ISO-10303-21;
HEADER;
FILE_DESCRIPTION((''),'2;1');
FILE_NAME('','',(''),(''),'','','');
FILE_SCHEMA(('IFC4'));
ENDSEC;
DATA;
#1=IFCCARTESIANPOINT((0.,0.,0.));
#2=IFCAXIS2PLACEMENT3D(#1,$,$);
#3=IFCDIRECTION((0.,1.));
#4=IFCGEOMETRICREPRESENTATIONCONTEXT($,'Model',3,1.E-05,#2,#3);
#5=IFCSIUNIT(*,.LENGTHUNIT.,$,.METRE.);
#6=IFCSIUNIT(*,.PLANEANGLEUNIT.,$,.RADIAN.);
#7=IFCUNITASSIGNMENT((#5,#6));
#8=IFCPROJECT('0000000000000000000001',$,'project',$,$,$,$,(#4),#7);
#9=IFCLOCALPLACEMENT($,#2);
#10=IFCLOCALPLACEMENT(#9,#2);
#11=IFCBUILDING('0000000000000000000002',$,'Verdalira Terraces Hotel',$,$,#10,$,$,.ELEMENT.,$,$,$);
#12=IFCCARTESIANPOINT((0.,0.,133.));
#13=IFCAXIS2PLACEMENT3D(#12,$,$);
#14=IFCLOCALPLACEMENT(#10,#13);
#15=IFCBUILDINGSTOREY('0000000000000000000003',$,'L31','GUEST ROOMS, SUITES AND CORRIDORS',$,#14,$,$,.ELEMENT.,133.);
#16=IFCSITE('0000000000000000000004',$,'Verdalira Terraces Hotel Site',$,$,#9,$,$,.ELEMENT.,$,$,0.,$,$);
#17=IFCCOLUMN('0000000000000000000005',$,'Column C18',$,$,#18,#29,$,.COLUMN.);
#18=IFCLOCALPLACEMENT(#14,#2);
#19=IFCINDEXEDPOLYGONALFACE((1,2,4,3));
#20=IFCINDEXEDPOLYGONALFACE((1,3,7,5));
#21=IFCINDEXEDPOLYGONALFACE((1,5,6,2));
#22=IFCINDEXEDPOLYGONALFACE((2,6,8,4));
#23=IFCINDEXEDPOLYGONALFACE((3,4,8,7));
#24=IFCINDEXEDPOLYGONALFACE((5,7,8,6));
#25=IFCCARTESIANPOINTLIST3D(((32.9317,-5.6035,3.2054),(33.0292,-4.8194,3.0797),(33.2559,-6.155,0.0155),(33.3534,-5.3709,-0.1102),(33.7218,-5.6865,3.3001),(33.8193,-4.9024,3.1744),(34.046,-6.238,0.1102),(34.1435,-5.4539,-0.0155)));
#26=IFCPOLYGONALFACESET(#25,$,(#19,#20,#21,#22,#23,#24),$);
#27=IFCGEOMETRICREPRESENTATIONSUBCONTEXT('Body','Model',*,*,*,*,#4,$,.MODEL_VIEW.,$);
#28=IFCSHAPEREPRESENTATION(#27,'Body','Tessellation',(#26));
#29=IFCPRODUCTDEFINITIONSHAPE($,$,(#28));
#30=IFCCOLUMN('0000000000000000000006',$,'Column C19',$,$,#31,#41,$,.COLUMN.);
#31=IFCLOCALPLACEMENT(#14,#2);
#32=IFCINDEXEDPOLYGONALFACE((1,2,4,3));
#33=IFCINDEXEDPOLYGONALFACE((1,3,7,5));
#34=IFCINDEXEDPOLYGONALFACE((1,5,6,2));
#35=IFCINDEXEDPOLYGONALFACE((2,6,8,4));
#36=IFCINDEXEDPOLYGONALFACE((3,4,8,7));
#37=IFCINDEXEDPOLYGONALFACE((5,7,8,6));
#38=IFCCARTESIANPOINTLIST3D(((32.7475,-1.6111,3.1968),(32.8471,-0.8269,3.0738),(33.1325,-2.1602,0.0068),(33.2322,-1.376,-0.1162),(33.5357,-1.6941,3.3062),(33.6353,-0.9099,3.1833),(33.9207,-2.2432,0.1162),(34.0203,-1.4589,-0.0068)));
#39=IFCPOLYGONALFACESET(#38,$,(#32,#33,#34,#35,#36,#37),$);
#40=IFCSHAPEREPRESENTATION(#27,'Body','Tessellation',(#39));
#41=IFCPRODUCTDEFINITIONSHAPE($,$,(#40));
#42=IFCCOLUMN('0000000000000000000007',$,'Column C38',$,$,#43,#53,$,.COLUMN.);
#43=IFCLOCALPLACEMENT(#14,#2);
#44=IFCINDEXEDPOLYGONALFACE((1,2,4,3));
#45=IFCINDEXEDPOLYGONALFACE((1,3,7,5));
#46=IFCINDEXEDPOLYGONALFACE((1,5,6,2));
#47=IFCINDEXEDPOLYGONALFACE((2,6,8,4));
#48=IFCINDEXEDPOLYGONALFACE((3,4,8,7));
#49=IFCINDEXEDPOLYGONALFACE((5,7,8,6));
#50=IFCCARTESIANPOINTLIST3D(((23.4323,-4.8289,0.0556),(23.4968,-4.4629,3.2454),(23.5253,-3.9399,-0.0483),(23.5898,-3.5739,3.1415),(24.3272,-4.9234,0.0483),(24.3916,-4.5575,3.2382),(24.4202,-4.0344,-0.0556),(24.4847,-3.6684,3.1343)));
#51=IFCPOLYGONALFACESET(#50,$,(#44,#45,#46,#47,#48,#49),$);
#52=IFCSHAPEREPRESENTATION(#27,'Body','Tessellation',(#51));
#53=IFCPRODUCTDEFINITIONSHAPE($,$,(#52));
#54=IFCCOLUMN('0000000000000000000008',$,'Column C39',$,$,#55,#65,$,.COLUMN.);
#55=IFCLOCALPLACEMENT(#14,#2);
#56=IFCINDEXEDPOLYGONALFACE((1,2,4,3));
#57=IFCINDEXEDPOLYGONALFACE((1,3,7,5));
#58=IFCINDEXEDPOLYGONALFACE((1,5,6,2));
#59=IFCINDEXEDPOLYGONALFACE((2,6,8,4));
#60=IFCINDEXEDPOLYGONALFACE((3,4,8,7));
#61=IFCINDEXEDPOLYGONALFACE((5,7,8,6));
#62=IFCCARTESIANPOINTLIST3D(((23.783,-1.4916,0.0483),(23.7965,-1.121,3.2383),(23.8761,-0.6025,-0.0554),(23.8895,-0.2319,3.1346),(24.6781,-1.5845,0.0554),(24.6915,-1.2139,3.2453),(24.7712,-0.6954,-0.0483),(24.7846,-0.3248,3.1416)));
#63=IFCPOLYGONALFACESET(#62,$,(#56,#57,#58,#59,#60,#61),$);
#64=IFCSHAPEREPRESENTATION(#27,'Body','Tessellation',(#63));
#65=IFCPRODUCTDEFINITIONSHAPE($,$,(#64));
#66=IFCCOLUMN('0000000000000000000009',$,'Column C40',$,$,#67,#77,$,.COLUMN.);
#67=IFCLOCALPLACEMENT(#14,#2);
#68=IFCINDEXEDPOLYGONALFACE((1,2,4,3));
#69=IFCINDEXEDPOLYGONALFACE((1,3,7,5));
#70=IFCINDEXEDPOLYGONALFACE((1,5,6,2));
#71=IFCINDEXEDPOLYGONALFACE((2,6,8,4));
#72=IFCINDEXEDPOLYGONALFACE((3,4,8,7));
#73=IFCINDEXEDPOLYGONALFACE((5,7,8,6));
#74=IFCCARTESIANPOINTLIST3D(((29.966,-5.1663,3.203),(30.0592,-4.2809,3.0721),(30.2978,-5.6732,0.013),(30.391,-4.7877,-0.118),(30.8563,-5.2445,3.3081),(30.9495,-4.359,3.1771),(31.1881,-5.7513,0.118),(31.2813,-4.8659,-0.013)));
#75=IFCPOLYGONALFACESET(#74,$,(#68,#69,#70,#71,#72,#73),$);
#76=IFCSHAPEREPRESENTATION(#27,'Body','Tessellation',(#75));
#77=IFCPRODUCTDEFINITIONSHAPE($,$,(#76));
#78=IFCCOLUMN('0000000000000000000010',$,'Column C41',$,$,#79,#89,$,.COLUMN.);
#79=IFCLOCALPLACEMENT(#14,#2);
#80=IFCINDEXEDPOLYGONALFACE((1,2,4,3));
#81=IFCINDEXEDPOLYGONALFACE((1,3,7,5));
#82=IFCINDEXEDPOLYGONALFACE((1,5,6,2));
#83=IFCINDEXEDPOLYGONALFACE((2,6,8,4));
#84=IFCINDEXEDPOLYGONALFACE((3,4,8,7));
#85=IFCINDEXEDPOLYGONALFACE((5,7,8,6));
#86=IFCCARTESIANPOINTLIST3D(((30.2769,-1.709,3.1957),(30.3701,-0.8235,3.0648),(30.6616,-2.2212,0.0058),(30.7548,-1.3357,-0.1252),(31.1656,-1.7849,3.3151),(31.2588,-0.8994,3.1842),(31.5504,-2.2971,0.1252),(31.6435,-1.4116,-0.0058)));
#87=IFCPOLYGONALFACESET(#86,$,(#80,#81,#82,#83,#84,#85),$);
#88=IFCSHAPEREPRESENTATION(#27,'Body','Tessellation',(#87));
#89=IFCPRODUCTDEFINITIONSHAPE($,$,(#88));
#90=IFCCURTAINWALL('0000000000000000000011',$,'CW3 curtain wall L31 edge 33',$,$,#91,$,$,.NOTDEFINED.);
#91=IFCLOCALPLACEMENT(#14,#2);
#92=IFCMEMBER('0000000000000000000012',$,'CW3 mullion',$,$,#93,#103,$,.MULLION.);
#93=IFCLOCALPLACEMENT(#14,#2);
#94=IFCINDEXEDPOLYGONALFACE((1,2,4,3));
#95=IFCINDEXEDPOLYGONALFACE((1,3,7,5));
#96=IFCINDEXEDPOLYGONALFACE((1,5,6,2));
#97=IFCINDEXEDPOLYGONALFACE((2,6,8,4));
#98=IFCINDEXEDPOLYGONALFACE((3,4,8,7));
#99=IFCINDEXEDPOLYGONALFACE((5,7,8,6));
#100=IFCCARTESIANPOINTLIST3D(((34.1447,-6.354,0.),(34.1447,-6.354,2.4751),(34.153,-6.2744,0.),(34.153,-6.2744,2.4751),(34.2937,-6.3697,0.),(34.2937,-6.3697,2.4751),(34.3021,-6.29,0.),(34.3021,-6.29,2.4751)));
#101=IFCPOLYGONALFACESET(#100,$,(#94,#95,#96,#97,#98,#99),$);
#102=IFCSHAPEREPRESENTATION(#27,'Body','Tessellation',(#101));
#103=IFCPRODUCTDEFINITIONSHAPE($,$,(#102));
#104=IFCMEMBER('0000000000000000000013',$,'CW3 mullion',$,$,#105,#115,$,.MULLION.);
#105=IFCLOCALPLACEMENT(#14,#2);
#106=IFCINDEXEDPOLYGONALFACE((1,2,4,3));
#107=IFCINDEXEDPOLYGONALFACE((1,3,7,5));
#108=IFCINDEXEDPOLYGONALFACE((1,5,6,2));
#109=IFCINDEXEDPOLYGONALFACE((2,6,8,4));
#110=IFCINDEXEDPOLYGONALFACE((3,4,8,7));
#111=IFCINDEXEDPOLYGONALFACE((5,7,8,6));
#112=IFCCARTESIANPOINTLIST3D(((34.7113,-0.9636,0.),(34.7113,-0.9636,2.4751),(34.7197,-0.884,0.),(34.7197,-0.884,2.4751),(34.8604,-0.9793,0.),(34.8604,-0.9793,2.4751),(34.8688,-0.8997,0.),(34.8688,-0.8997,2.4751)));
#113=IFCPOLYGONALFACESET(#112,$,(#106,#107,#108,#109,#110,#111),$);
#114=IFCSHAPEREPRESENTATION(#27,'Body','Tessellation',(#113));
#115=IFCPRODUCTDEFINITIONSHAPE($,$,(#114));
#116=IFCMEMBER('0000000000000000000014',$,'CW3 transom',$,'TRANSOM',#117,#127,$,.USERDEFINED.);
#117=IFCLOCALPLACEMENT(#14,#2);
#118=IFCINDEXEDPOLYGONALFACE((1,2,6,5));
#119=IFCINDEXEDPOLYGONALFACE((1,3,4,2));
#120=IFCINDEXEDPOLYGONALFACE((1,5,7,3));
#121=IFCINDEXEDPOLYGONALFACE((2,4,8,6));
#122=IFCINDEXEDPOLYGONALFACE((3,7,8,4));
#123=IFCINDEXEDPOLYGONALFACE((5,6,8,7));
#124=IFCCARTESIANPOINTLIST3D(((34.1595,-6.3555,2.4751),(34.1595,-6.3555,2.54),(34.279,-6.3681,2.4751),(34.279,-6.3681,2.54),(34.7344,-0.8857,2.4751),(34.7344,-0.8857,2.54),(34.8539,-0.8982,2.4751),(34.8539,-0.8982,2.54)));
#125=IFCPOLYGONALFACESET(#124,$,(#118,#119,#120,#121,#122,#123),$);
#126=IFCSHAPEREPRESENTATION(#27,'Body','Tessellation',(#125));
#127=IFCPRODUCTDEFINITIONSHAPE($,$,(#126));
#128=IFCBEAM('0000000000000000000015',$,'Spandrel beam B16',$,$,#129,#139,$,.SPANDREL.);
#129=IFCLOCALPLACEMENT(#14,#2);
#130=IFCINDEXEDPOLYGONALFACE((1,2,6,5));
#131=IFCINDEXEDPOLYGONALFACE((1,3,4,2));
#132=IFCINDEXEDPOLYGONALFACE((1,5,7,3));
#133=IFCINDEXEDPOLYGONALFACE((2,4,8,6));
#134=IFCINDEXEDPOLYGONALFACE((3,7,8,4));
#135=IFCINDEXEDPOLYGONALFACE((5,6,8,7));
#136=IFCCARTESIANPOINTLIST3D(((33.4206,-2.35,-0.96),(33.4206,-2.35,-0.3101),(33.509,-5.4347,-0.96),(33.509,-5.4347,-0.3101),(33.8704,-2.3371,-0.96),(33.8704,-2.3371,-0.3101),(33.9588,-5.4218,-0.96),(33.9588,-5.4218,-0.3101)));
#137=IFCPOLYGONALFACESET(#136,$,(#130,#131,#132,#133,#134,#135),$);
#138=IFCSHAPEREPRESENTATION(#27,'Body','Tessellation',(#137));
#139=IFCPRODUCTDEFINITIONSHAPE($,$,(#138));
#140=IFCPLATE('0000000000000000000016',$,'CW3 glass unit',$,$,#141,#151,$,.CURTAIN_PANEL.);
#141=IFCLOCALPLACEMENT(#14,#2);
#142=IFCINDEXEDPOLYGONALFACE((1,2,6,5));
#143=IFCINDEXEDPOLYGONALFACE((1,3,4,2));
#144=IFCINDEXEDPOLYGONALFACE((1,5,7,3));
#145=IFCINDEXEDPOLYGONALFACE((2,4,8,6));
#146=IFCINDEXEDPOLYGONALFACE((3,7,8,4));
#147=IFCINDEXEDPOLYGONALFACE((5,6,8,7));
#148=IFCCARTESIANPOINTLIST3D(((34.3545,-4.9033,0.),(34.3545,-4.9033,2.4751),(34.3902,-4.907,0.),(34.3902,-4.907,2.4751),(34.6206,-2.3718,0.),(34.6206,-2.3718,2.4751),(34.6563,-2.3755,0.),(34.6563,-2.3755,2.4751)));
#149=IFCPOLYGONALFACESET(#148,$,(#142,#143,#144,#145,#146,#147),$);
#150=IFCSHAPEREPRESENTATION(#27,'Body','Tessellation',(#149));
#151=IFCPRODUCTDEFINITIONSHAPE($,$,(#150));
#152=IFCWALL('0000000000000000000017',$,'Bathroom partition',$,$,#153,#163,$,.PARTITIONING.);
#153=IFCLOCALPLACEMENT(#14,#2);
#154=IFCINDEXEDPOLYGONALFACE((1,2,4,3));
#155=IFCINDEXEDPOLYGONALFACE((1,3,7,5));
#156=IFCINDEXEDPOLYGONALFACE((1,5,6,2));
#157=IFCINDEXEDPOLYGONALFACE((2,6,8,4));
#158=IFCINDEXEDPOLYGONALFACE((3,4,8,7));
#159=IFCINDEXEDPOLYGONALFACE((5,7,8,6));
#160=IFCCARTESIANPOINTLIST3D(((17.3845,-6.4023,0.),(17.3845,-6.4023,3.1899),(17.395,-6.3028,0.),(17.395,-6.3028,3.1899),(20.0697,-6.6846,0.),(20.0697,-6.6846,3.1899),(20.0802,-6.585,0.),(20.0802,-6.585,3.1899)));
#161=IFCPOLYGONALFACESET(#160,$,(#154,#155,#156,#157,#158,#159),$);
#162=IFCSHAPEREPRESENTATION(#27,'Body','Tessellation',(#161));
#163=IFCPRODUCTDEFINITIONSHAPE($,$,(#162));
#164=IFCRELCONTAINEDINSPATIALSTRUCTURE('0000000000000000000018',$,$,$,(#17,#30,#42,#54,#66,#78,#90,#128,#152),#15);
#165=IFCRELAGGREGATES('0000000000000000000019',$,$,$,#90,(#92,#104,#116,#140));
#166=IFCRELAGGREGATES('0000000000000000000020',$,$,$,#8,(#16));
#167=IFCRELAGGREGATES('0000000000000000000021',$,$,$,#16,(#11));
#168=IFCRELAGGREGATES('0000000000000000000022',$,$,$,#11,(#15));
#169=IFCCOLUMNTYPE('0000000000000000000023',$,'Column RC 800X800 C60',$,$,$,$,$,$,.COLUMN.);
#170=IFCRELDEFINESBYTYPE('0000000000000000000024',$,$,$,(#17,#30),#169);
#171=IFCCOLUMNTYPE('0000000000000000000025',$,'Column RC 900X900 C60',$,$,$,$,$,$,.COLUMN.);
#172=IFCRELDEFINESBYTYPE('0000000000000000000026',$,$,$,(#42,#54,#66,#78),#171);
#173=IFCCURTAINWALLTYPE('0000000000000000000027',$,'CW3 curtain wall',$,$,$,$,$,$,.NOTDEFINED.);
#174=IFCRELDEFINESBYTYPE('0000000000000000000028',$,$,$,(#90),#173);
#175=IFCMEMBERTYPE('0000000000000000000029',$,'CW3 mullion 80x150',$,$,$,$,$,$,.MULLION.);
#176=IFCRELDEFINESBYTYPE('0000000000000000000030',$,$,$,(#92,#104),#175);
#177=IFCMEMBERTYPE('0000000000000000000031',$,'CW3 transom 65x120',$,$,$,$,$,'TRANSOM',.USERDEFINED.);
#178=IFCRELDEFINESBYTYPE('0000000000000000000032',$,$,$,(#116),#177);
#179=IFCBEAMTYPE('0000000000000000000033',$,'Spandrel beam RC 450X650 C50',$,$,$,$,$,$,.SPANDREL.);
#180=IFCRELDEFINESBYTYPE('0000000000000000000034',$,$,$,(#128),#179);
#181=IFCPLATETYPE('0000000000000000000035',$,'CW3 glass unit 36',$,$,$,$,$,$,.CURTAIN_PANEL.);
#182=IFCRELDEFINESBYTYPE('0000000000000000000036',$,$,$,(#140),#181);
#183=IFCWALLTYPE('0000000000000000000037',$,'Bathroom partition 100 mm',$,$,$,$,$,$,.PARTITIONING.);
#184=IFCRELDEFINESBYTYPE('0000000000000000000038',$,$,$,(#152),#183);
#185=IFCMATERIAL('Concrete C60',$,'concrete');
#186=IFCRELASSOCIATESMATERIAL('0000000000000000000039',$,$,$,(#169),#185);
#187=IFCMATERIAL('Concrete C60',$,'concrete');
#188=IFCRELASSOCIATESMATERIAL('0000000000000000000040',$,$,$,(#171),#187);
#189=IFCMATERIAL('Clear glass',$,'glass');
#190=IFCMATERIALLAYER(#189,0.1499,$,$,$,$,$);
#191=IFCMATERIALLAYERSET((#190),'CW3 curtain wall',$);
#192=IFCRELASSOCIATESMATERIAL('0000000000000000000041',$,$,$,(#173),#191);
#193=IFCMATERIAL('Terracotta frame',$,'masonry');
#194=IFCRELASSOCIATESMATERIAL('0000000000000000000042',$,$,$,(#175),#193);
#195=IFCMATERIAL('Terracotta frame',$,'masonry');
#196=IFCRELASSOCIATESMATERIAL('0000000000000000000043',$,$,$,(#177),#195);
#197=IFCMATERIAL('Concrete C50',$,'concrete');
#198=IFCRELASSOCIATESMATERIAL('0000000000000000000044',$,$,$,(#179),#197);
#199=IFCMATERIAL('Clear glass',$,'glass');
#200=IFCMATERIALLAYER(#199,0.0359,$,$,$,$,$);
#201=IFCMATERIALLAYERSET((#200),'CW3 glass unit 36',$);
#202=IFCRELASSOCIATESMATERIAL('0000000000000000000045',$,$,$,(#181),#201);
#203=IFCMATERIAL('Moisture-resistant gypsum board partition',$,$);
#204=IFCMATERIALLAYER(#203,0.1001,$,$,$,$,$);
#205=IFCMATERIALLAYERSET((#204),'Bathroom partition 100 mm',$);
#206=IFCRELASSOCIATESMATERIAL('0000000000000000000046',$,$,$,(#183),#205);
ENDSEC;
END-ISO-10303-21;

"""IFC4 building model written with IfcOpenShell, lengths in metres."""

from ifc_helpers import new_model, si_unit, direction, frame, frame_2d, origin, origin_2d, place, context, subcontext, project, spatial, rectangle, extrude, material, layer, layer_set, material_profile, profile_set, type_object, element, aggregate, save


model = new_model("IFC4")

# Units and contexts
model_context = context("Model", 3, precision=1e-05, world=origin(), true_north=direction((0.0, 1.0)))
body_context = subcontext(model_context, "Body", "Model", "MODEL_VIEW")
ifc_project = project(units=[si_unit("LENGTHUNIT", "METRE"), si_unit("PLANEANGLEUNIT", "RADIAN")], contexts=[model_context])

# Site, building, storey
site_placement = place(None, origin())
site = spatial("IfcSite", under=ifc_project, at=site_placement, Name="Verdalira Terraces Hotel Site", CompositionType="ELEMENT", RefElevation=0.0)
building_placement = place(site_placement, origin())
building = spatial("IfcBuilding", under=site, at=building_placement, Name="Verdalira Terraces Hotel", CompositionType="ELEMENT")
storey_placement = place(building_placement, frame((0.0, 0.0, 133.0)))
storey = spatial("IfcBuildingStorey", under=building, at=storey_placement, Name="L31", Description="GUEST ROOMS, SUITES AND CORRIDORS", CompositionType="ELEMENT", Elevation=133.0)

# Columns
ifc_material_1 = material(Name="Concrete C60", Category="concrete")
ifc_material_profile_1 = material_profile(ifc_material_1, rectangle(XDim=0.8, YDim=0.8, at=origin_2d()), Name="RC 800X800")
ifc_profile_set_1 = profile_set([ifc_material_profile_1], Name="Concrete C60")
column_type_1 = type_object("IfcColumnType", Name="Column RC 800X800 C60", PredefinedType="COLUMN", material=ifc_profile_set_1)
column_1_placement = place(storey_placement, frame((33.6997, -5.8044, 0.0), z_axis=(-0.099653, 0.169516, 0.980476), x_axis=(0.121796, 0.980049, -0.157063)))
element("IfcColumn", 1, at=column_1_placement, inside=storey, type_object=column_type_1, Name="Column C18", PredefinedType="COLUMN", context=body_context, shape_type="SweptSolid", body=[
    extrude(rectangle(XDim=0.8, YDim=0.8, at=origin_2d()), origin(), (0.0, 0.0, 1.0), 3.2534),
])
column_2_placement = place(storey_placement, frame((33.5764, -1.8096, 0.0), z_axis=(-0.118113, 0.168444, 0.978609), x_axis=(0.124553, 0.980237, -0.153692)))
element("IfcColumn", 2, at=column_2_placement, inside=storey, type_object=column_type_1, Name="Column C19", PredefinedType="COLUMN", context=body_context, shape_type="SweptSolid", body=[
    extrude(rectangle(XDim=0.8, YDim=0.8, at=origin_2d()), origin(), (0.0, 0.0, 1.0), 3.2598),
])
ifc_material_2 = material(Name="Concrete C60", Category="concrete")
ifc_material_profile_2 = material_profile(ifc_material_2, rectangle(XDim=0.8999, YDim=0.8999, at=origin_2d()), Name="RC 900X900")
ifc_profile_set_2 = profile_set([ifc_material_profile_2], Name="Concrete C60")
column_type_2 = type_object("IfcColumnType", Name="Column RC 900X900 C60", PredefinedType="COLUMN", material=ifc_profile_set_2)
for number, where, z_axis, x_axis, name in (
    (3, (23.9263, -4.4316, 0.0), (0.020069, 0.113955, 0.993283), (0.994438, -0.105017, -0.008045), "Column C38"),
    (4, (24.2771, -1.0935, 0.0), (0.004181, 0.115402, 0.99331), (0.99463, -0.103202, 0.007803), "Column C39"),
):
    element("IfcColumn", number, at=place(storey_placement, frame(where, z_axis=z_axis, x_axis=x_axis)), inside=storey, type_object=column_type_2, Name=name, PredefinedType="COLUMN", context=body_context, shape_type="SweptSolid", body=[
        extrude(rectangle(XDim=0.8999, YDim=0.8999, at=origin_2d()), origin(), (0.0, 0.0, 1.0), 3.2114),
    ])
column_3_placement = place(storey_placement, frame((30.7896, -5.2695, 0.0), z_axis=(-0.102184, 0.156096, 0.982442), x_axis=(0.989361, -0.086864, 0.116705)))
element("IfcColumn", 5, at=column_3_placement, inside=storey, type_object=column_type_2, Name="Column C40", PredefinedType="COLUMN", context=body_context, shape_type="SweptSolid", body=[
    extrude(rectangle(XDim=0.8999, YDim=0.8999, at=origin_2d()), origin(), (0.0, 0.0, 1.0), 3.2471),
])
column_4_placement = place(storey_placement, frame((31.1526, -1.8164, 0.0), z_axis=(-0.118257, 0.157426, 0.980425), x_axis=(0.987569, -0.084321, 0.132658)))
element("IfcColumn", 6, at=column_4_placement, inside=storey, type_object=column_type_2, Name="Column C41", PredefinedType="COLUMN", context=body_context, shape_type="SweptSolid", body=[
    extrude(rectangle(XDim=0.8999, YDim=0.8999, at=origin_2d()), origin(), (0.0, 0.0, 1.0), 3.2537),
])

# Curtain wall, members
ifc_material_3 = material(Name="Clear glass", Category="glass")
ifc_layer_1 = layer(ifc_material_3, 0.1499)
ifc_layer_set_1 = layer_set([ifc_layer_1], Name="CW3 curtain wall")
curtain_wall_type = type_object("IfcCurtainWallType", Name="CW3 curtain wall", PredefinedType="NOTDEFINED", material=ifc_layer_set_1)
curtain_wall_placement = place(storey_placement, origin())
curtain_wall = element("IfcCurtainWall", 7, at=curtain_wall_placement, inside=storey, type_object=curtain_wall_type, Name="CW3 curtain wall L31 edge 33", PredefinedType="NOTDEFINED")
ifc_material_4 = material(Name="Terracotta frame", Category="masonry")
ifc_material_profile_3 = material_profile(ifc_material_4, rectangle(XDim=0.0801, YDim=0.1499, at=origin_2d()), Name="MU 80x150")
ifc_profile_set_3 = profile_set([ifc_material_profile_3], Name="Terracotta frame")
member_type_1 = type_object("IfcMemberType", Name="CW3 mullion 80x150", PredefinedType="MULLION", material=ifc_profile_set_3)
member_1_placement = place(storey_placement, frame((34.2234, -6.322, 0.0), z_axis=(0.0, 0.0, 1.0), x_axis=(0.104528, 0.994522, 0.0)))
member_1 = element("IfcMember", 8, at=member_1_placement, type_object=member_type_1, Name="CW3 mullion", PredefinedType="MULLION", context=body_context, shape_type="SweptSolid", body=[
    extrude(rectangle(XDim=0.0801, YDim=0.1499, at=origin_2d()), origin(), (0.0, 0.0, 1.0), 2.4751),
])
member_2_placement = place(storey_placement, frame((34.79, -0.9316, 0.0), z_axis=(0.0, 0.0, 1.0), x_axis=(0.104528, 0.994522, 0.0)))
member_2 = element("IfcMember", 9, at=member_2_placement, type_object=member_type_1, Name="CW3 mullion", PredefinedType="MULLION", context=body_context, shape_type="SweptSolid", body=[
    extrude(rectangle(XDim=0.0801, YDim=0.1499, at=origin_2d()), origin(), (0.0, 0.0, 1.0), 2.4751),
])
ifc_material_5 = material(Name="Terracotta frame", Category="masonry")
ifc_material_profile_4 = material_profile(ifc_material_5, rectangle(XDim=0.1201, YDim=0.0649, at=origin_2d()), Name="TR 65x120")
ifc_profile_set_4 = profile_set([ifc_material_profile_4], Name="Terracotta frame")
member_type_2 = type_object("IfcMemberType", Name="CW3 transom 65x120", ElementType="TRANSOM", PredefinedType="USERDEFINED", material=ifc_profile_set_4)
member_3_placement = place(storey_placement, frame((34.2192, -6.3618, 2.5076), z_axis=(0.104535, 0.994521, 0.0), x_axis=(-0.994521, 0.104535, 0.0)))
member_3 = element("IfcMember", 10, at=member_3_placement, type_object=member_type_2, Name="CW3 transom", ObjectType="TRANSOM", PredefinedType="USERDEFINED", context=body_context, shape_type="SweptSolid", body=[
    extrude(rectangle(XDim=0.1201, YDim=0.0649, at=origin_2d()), origin(), (0.0, 0.0, 1.0), 5.5),
])

# Beam
ifc_material_6 = material(Name="Concrete C50", Category="concrete")
ifc_material_profile_5 = material_profile(ifc_material_6, rectangle(XDim=0.45, YDim=0.6499, at=origin_2d()), Name="RC 450X650")
ifc_profile_set_5 = profile_set([ifc_material_profile_5], Name="Concrete C50")
beam_type = type_object("IfcBeamType", Name="Spandrel beam RC 450X650 C50", PredefinedType="SPANDREL", material=ifc_profile_set_5)
beam_placement = place(storey_placement, frame((33.7339, -5.4282, -0.635), z_axis=(-0.028639, 0.99959, 0.0), x_axis=(-0.99959, -0.028639, 0.0)))
element("IfcBeam", 11, at=beam_placement, inside=storey, type_object=beam_type, Name="Spandrel beam B16", PredefinedType="SPANDREL", context=body_context, shape_type="SweptSolid", body=[
    extrude(rectangle(XDim=0.45, YDim=0.6499, at=origin_2d()), origin(), (0.0, 0.0, 1.0), 3.0859),
])

# Plate
ifc_material_7 = material(Name="Clear glass", Category="glass")
ifc_layer_2 = layer(ifc_material_7, 0.0359)
ifc_layer_set_2 = layer_set([ifc_layer_2], Name="CW3 glass unit 36")
plate_type = type_object("IfcPlateType", Name="CW3 glass unit 36", PredefinedType="CURTAIN_PANEL", material=ifc_layer_set_2)
plate_placement = place(storey_placement, frame((34.5054, -3.6394, 0.0), z_axis=(0.0, 0.0, 1.0), x_axis=(0.104528, 0.994522, 0.0)))
plate = element("IfcPlate", 12, at=plate_placement, type_object=plate_type, Name="CW3 glass unit", PredefinedType="CURTAIN_PANEL", context=body_context, shape_type="SweptSolid", body=[
    extrude(rectangle(XDim=2.5454, YDim=0.0359, at=origin_2d()), origin(), (0.0, 0.0, 1.0), 2.4751),
])
aggregate(curtain_wall, [member_1, member_2, member_3, plate])

# Wall
ifc_material_8 = material(Name="Moisture-resistant gypsum board partition")
ifc_layer_3 = layer(ifc_material_8, 0.1001)
ifc_layer_set_3 = layer_set([ifc_layer_3], Name="Bathroom partition 100 mm")
wall_type_1 = type_object("IfcWallType", Name="Bathroom partition 100 mm", PredefinedType="PARTITIONING", material=ifc_layer_set_3)
wall_1_placement = place(storey_placement, frame((17.3896, -6.3525, 0.0), z_axis=(0.0, 0.0, 1.0), x_axis=(0.994521, -0.104534, 0.0)))
element("IfcWall", 13, at=wall_1_placement, inside=storey, type_object=wall_type_1, Name="Bathroom partition", PredefinedType="PARTITIONING", context=body_context, shape_type="SweptSolid", body=[
    extrude(rectangle(XDim=2.7, YDim=0.1001, at=frame_2d((1.3501, 0.0))), origin(), (0.0, 0.0, 1.0), 3.1899),
])

save(model, "model.ifc")
